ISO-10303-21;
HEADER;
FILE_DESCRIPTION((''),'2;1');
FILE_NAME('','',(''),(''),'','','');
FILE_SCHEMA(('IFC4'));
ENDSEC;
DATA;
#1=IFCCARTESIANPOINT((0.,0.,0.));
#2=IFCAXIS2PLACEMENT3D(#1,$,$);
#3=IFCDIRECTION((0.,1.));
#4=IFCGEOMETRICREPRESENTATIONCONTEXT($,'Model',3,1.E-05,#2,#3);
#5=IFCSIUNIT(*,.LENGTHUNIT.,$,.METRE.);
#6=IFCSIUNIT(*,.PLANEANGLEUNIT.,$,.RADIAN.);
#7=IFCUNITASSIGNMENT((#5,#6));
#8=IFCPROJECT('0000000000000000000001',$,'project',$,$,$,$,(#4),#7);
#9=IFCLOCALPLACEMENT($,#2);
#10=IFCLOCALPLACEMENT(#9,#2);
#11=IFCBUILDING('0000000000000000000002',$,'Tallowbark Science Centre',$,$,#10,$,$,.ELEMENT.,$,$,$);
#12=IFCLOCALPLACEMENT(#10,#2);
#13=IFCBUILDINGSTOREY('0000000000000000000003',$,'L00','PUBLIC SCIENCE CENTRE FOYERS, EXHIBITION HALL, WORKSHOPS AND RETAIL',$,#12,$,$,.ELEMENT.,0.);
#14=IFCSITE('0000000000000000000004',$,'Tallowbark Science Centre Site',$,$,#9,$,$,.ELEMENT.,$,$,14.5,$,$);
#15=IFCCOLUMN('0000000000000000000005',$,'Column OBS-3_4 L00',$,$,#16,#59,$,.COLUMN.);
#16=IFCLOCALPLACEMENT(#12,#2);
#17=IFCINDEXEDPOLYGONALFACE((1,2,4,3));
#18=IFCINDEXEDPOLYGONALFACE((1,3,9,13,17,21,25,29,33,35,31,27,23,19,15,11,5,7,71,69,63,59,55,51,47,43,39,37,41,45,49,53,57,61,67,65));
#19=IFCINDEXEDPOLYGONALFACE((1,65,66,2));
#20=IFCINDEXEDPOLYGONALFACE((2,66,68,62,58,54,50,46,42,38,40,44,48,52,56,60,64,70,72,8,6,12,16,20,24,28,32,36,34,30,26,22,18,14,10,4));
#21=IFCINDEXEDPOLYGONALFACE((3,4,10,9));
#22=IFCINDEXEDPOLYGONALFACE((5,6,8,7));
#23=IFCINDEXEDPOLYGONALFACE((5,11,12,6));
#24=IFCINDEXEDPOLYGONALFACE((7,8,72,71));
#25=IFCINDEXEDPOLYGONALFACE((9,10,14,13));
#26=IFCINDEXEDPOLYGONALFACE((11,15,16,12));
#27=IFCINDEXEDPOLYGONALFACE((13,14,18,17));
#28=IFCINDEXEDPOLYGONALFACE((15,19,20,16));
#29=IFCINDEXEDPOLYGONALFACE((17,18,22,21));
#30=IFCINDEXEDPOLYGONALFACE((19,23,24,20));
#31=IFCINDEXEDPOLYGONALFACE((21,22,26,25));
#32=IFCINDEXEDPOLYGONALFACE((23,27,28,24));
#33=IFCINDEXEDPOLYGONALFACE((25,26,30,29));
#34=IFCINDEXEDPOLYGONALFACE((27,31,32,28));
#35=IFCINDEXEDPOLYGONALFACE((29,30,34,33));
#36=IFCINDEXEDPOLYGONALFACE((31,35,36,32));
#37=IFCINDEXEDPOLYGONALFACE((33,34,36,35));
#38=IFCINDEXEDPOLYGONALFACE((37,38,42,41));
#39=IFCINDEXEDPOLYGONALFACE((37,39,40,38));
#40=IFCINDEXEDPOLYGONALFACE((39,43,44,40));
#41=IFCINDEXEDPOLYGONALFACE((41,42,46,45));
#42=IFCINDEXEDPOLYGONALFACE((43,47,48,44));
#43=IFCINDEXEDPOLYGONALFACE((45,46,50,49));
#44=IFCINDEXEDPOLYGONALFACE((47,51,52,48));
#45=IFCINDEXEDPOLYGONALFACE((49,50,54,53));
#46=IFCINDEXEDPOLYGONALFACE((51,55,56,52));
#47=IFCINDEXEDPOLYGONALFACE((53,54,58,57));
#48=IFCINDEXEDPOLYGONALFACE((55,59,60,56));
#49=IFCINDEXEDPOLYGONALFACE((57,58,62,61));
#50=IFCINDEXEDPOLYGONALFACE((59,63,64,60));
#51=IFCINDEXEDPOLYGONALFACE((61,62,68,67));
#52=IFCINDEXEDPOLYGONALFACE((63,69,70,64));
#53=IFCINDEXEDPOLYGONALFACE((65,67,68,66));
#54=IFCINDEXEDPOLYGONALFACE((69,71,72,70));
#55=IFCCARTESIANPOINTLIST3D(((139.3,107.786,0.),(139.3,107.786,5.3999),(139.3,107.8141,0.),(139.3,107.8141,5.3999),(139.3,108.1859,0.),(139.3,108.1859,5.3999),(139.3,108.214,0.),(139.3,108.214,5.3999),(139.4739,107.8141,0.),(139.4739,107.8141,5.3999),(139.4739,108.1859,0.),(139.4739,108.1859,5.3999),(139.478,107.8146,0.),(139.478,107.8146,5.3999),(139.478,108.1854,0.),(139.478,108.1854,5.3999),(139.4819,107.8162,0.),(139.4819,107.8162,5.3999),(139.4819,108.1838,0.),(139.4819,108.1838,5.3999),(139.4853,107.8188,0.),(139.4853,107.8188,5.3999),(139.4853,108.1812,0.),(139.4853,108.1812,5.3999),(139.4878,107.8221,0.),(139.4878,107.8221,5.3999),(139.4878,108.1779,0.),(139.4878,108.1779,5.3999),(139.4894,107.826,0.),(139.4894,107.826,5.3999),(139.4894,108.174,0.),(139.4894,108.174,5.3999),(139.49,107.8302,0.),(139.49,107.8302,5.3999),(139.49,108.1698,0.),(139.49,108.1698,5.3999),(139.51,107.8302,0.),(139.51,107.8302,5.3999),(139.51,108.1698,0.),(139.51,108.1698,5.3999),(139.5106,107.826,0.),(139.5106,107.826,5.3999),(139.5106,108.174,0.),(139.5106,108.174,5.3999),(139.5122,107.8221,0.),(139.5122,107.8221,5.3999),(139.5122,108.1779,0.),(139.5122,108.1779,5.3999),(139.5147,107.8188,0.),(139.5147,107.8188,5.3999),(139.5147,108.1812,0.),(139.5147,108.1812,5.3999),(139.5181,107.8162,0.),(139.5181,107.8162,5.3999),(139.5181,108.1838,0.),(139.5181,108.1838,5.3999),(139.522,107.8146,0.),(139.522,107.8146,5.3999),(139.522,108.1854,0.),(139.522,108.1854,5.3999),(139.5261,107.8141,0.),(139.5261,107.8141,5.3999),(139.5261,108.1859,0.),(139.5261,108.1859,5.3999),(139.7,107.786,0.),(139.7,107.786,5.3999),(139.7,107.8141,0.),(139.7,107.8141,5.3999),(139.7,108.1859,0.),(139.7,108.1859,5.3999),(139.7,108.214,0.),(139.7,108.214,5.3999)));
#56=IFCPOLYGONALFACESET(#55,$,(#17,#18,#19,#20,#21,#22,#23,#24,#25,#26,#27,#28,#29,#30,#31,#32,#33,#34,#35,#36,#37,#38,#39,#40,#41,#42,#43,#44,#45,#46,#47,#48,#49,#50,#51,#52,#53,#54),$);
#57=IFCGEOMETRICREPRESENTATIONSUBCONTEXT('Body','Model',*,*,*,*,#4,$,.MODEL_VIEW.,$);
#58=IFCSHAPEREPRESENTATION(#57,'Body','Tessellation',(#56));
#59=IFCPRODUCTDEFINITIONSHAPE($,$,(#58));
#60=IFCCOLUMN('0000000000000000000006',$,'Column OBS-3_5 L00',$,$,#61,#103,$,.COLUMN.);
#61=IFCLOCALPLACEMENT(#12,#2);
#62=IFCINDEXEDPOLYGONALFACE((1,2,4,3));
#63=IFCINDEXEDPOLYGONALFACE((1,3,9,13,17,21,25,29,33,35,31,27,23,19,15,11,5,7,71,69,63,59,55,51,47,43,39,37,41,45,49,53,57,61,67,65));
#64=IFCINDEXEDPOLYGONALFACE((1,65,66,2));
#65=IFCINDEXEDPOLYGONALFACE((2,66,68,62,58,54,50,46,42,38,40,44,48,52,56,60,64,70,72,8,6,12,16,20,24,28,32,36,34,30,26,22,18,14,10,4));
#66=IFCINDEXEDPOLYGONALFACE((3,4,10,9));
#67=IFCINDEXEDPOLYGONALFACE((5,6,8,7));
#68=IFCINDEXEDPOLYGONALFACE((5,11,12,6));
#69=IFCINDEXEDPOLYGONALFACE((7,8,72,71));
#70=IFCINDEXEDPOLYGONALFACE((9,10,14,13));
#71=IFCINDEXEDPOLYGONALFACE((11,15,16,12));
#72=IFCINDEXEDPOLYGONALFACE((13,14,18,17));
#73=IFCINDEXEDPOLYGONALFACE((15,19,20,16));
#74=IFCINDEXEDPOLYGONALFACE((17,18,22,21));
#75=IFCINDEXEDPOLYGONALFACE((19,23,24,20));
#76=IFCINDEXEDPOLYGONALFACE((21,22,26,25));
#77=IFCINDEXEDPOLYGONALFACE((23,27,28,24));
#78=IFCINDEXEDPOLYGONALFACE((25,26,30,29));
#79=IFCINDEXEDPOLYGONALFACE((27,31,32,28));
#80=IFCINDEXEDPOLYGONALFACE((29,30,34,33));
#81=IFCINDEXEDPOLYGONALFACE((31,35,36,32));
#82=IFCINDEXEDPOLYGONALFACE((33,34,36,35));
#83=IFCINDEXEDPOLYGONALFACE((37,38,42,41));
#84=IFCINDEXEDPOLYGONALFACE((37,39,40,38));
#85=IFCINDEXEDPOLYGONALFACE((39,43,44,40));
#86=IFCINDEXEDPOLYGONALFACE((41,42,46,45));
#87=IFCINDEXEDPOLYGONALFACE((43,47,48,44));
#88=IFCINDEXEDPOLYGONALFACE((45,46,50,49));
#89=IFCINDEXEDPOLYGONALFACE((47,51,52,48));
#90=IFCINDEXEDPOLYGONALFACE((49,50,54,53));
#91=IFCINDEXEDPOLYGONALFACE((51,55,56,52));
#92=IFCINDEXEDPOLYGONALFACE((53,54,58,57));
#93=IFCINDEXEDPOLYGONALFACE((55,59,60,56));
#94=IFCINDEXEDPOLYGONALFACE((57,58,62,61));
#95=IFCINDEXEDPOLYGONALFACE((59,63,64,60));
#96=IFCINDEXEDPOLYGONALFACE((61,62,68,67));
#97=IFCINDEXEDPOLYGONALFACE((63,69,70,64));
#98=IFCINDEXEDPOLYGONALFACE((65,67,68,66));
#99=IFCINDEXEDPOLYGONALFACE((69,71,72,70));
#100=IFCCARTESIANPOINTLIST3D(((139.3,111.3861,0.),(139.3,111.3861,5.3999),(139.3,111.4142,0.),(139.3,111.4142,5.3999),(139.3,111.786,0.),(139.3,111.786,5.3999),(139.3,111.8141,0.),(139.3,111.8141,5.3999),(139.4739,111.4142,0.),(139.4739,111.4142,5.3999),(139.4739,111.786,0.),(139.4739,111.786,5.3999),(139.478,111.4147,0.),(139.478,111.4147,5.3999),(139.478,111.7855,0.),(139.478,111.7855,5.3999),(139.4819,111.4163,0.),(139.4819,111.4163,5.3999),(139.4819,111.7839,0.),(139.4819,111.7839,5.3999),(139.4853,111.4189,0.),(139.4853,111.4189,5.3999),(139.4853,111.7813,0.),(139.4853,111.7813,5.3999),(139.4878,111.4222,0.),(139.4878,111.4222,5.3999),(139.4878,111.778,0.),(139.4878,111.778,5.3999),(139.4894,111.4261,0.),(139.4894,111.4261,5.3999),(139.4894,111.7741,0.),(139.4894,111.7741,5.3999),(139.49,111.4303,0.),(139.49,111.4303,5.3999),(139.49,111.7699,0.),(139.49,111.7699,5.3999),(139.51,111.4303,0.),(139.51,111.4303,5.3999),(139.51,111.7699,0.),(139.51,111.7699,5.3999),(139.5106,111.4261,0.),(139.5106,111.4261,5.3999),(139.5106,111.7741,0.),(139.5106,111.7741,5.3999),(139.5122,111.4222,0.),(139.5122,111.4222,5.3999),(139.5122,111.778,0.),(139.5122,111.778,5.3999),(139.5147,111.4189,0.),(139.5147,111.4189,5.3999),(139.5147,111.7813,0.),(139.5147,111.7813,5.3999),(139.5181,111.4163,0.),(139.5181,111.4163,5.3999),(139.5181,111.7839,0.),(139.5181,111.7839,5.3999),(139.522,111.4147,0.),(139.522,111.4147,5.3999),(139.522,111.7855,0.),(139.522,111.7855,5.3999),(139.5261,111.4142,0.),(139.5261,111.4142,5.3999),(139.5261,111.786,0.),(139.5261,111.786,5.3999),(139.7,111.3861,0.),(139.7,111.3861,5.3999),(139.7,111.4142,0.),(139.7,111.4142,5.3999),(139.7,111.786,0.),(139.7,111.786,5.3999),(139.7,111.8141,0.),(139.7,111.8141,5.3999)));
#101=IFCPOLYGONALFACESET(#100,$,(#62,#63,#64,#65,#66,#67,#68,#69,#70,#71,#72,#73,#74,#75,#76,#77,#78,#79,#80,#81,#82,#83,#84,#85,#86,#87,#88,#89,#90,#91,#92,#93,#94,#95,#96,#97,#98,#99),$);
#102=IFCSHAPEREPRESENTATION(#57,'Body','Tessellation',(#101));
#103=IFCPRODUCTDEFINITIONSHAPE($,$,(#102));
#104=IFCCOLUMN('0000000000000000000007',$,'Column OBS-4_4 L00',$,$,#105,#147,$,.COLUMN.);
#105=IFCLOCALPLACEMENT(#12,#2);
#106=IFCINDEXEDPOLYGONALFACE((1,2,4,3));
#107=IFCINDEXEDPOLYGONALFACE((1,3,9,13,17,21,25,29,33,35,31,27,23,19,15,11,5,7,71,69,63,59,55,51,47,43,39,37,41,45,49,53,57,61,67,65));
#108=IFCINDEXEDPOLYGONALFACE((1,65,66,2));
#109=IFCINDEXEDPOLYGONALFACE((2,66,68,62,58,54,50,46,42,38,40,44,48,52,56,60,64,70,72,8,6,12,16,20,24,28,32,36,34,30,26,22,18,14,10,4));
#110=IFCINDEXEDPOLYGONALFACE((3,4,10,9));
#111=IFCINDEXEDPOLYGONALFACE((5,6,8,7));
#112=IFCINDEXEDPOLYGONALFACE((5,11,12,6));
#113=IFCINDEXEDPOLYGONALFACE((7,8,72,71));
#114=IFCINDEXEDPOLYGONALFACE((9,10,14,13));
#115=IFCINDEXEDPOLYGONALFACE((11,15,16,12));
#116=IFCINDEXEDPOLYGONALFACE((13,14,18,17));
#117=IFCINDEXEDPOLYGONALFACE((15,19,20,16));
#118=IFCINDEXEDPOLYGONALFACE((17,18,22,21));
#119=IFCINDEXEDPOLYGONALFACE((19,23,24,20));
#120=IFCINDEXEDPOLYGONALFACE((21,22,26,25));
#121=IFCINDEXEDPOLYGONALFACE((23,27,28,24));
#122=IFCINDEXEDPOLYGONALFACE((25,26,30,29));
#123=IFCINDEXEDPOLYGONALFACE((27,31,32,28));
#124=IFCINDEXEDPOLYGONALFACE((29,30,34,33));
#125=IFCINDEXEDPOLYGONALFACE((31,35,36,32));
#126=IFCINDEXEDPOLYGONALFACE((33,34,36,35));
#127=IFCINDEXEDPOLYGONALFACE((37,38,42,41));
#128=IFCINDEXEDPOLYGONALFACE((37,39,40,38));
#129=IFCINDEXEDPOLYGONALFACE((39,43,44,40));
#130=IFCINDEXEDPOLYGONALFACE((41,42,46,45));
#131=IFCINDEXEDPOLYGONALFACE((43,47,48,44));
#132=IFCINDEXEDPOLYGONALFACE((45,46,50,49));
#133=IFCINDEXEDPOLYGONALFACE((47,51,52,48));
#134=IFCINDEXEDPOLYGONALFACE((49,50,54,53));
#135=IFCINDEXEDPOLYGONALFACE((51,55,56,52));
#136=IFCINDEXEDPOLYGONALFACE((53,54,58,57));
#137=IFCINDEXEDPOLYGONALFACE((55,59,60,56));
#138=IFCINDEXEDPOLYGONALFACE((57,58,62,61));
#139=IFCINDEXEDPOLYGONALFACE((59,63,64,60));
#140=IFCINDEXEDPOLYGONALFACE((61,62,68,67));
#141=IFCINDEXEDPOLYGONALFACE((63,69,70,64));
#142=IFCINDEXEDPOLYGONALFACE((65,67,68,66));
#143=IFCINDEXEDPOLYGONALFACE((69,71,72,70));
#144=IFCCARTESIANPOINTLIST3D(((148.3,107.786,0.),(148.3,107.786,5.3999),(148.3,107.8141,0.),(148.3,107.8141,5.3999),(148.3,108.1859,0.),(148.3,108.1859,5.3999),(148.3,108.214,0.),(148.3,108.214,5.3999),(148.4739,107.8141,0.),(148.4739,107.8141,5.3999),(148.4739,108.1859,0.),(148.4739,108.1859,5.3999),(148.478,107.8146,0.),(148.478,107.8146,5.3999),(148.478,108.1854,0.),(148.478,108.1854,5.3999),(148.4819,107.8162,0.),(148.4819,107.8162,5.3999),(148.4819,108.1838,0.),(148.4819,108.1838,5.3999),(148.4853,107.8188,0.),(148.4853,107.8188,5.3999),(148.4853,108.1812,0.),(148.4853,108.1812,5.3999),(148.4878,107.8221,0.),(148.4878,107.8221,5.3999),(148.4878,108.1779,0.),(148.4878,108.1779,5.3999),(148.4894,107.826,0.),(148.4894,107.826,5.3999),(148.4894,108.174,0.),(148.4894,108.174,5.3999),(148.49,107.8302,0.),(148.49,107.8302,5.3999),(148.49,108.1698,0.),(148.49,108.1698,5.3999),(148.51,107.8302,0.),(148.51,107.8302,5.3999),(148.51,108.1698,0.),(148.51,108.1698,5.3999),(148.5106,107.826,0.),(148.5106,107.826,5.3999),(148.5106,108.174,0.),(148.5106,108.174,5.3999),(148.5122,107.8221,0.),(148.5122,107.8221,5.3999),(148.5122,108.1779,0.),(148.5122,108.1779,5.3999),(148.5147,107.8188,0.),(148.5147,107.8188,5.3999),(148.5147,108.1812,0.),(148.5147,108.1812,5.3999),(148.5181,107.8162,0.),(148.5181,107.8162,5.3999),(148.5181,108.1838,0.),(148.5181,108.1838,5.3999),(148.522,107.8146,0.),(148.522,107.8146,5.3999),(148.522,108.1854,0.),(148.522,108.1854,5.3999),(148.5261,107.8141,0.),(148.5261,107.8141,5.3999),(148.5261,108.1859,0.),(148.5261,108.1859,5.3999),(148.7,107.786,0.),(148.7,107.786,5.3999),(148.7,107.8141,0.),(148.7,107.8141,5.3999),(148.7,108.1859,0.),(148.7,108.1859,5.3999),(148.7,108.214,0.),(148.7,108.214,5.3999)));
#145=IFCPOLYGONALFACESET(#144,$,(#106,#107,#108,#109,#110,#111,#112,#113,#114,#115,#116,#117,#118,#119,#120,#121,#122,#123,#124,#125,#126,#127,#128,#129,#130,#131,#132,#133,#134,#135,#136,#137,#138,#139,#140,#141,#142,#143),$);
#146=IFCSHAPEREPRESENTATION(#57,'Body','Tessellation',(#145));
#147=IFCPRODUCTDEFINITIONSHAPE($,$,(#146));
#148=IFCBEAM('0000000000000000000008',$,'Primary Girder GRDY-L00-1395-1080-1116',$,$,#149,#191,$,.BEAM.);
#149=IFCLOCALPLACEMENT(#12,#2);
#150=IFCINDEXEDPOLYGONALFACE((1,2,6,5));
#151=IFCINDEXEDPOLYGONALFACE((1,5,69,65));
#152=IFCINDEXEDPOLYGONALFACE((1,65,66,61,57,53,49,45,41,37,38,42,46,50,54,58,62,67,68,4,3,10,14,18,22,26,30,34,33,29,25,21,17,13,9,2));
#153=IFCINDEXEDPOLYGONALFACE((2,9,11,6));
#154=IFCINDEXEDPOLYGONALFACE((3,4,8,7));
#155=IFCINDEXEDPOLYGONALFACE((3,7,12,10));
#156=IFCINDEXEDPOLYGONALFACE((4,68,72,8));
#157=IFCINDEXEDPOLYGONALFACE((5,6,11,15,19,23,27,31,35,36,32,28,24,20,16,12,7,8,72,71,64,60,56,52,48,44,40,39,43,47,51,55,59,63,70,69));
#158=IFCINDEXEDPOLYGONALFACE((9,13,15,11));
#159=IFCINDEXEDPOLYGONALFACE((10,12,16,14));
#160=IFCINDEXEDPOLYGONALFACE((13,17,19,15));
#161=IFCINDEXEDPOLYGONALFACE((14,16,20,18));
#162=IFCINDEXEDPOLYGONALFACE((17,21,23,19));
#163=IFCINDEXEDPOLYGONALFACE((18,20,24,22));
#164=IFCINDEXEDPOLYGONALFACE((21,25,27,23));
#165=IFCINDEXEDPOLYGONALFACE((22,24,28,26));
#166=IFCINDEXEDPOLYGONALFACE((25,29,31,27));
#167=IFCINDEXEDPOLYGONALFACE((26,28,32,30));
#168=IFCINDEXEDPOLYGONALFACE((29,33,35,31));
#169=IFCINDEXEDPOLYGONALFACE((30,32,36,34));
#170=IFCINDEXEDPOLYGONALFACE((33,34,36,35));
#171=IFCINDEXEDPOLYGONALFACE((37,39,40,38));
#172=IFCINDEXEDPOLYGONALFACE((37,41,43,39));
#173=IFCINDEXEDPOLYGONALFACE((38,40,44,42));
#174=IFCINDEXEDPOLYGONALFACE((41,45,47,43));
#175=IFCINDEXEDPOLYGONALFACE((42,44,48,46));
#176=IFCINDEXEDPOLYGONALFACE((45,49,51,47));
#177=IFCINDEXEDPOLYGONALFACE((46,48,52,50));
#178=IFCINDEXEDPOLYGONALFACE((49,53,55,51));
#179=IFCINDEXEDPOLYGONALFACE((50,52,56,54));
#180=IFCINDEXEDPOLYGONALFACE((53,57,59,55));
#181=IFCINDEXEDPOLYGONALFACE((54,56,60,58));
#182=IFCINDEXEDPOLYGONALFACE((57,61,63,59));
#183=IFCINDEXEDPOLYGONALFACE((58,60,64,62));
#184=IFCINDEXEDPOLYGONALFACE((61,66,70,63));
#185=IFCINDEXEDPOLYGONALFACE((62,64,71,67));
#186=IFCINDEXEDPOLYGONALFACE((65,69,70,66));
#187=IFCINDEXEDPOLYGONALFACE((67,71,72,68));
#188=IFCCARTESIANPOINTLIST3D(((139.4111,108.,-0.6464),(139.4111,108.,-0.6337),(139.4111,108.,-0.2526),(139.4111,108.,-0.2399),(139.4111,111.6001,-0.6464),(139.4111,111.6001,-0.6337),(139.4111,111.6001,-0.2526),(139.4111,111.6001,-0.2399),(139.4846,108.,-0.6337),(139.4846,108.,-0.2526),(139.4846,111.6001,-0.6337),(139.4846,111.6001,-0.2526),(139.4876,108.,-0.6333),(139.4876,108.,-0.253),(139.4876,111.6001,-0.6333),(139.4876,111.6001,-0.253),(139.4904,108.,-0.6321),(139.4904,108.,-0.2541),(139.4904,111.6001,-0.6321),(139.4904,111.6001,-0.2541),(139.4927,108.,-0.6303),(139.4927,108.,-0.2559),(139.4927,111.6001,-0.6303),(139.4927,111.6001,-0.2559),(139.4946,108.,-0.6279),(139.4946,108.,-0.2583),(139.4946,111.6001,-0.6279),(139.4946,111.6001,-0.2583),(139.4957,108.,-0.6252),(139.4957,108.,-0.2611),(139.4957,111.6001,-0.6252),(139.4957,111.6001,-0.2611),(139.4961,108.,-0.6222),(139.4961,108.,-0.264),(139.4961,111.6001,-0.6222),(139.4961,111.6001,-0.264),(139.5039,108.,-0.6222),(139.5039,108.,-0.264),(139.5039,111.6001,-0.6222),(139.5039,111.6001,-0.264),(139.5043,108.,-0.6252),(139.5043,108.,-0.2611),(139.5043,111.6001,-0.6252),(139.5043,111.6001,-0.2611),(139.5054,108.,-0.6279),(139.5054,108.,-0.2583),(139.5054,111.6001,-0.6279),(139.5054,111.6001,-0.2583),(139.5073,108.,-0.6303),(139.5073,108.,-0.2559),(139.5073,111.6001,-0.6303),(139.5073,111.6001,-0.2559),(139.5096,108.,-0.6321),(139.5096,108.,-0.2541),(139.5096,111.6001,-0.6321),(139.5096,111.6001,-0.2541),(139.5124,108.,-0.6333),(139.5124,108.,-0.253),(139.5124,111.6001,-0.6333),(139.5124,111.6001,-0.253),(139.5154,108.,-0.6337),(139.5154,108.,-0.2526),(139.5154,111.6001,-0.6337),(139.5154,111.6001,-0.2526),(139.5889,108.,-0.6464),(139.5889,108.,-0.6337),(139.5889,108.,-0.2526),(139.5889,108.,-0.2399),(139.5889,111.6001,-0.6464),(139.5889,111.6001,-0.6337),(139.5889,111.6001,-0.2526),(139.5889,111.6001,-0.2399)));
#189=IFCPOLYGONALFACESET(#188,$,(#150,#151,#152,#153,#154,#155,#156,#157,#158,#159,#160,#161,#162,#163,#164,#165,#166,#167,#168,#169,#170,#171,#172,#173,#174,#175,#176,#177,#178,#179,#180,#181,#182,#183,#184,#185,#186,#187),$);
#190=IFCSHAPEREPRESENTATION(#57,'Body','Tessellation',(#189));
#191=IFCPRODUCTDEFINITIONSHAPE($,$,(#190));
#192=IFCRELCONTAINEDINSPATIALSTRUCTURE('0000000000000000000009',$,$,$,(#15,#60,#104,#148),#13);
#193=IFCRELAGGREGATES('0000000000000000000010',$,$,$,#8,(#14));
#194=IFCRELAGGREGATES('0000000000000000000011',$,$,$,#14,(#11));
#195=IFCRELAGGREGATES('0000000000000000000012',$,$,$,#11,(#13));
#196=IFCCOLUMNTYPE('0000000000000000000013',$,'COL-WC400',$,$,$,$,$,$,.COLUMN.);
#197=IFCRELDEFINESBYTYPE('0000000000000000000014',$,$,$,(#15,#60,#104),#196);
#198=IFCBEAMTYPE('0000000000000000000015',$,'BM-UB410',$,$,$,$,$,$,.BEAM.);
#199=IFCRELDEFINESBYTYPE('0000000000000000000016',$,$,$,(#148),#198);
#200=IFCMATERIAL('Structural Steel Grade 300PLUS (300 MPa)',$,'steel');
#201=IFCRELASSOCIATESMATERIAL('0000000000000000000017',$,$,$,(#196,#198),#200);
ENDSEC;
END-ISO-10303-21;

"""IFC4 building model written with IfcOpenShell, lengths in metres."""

from ifc_helpers import new_model, si_unit, direction, frame, origin, origin_2d, place, context, subcontext, project, spatial, i_section, extrude, material, material_profile, profile_set, type_object, element, save


model = new_model("IFC4")

# Units and contexts
model_context = context("Model", 3, precision=1e-05, world=origin(), true_north=direction((0.0, 1.0)))
body_context = subcontext(model_context, "Body", "Model", "MODEL_VIEW")
ifc_project = project(units=[si_unit("LENGTHUNIT", "METRE"), si_unit("PLANEANGLEUNIT", "RADIAN")], contexts=[model_context])

# Site, building, storey
site_placement = place(None, origin())
site = spatial("IfcSite", under=ifc_project, at=site_placement, Name="Tallowbark Science Centre Site", CompositionType="ELEMENT", RefElevation=14.5)
building_placement = place(site_placement, origin())
building = spatial("IfcBuilding", under=site, at=building_placement, Name="Tallowbark Science Centre", CompositionType="ELEMENT")
storey_placement = place(building_placement, origin())
storey = spatial("IfcBuildingStorey", under=building, at=storey_placement, Name="L00", Description="PUBLIC SCIENCE CENTRE FOYERS, EXHIBITION HALL, WORKSHOPS AND RETAIL", CompositionType="ELEMENT", Elevation=0.0)

# Columns
ifc_material_1 = material(Name="Structural Steel Grade 300PLUS (300 MPa)", Category="steel")
ifc_material_profile_1 = material_profile(ifc_material_1, i_section(OverallWidth=0.3999, OverallDepth=0.428, WebThickness=0.02, FlangeThickness=0.0281, FilletRadius=0.0161, at=origin_2d()), Name="400WC270")
ifc_profile_set_1 = profile_set([ifc_material_profile_1], Name="Structural Steel Grade 300PLUS (300 MPa)")
column_type = type_object("IfcColumnType", Name="COL-WC400", PredefinedType="COLUMN", material=ifc_profile_set_1)
for number, where, z_axis, x_axis, name in (
    (1, (139.5, 108.0, 0.0), (0.0, 0.0, 1.0), (1.0, 0.0, 0.0), "Column OBS-3_4 L00"),
    (2, (139.5, 111.6001, 0.0), (0.0, 0.0, 1.0), (1.0, 0.0, 0.0), "Column OBS-3_5 L00"),
    (3, (148.5, 108.0, 0.0), (0.0, 0.0, 1.0), (1.0, 0.0, 0.0), "Column OBS-4_4 L00"),
):
    element("IfcColumn", number, at=place(storey_placement, frame(where, z_axis=z_axis, x_axis=x_axis)), inside=storey, type_object=column_type, Name=name, PredefinedType="COLUMN", context=body_context, shape_type="SweptSolid", body=[
        extrude(i_section(OverallWidth=0.3999, OverallDepth=0.428, WebThickness=0.02, FlangeThickness=0.0281, FilletRadius=0.0161, at=origin_2d()), origin(), (0.0, 0.0, 1.0), 5.3999),
    ])

# Beam
ifc_material_profile_2 = material_profile(ifc_material_1, i_section(OverallWidth=0.1777, OverallDepth=0.4065, WebThickness=0.0078, FlangeThickness=0.0127, FilletRadius=0.0115, at=origin_2d()), Name="410UB59.7")
ifc_profile_set_2 = profile_set([ifc_material_profile_2], Name="Structural Steel Grade 300PLUS (300 MPa)")
beam_type_1 = type_object("IfcBeamType", Name="BM-UB410", PredefinedType="BEAM", material=ifc_profile_set_2)
beam_1_placement = place(storey_placement, frame((139.5, 108.0, -0.4431), z_axis=(0.0, 1.0, 0.0), x_axis=(-1.0, 0.0, 0.0)))
element("IfcBeam", 4, at=beam_1_placement, inside=storey, type_object=beam_type_1, Name="Primary Girder GRDY-L00-1395-1080-1116", PredefinedType="BEAM", context=body_context, shape_type="SweptSolid", body=[
    extrude(i_section(OverallWidth=0.1777, OverallDepth=0.4065, WebThickness=0.0078, FlangeThickness=0.0127, FilletRadius=0.0115, at=origin_2d()), origin(), (0.0, 0.0, 1.0), 3.6001),
])

save(model, "model.ifc")
